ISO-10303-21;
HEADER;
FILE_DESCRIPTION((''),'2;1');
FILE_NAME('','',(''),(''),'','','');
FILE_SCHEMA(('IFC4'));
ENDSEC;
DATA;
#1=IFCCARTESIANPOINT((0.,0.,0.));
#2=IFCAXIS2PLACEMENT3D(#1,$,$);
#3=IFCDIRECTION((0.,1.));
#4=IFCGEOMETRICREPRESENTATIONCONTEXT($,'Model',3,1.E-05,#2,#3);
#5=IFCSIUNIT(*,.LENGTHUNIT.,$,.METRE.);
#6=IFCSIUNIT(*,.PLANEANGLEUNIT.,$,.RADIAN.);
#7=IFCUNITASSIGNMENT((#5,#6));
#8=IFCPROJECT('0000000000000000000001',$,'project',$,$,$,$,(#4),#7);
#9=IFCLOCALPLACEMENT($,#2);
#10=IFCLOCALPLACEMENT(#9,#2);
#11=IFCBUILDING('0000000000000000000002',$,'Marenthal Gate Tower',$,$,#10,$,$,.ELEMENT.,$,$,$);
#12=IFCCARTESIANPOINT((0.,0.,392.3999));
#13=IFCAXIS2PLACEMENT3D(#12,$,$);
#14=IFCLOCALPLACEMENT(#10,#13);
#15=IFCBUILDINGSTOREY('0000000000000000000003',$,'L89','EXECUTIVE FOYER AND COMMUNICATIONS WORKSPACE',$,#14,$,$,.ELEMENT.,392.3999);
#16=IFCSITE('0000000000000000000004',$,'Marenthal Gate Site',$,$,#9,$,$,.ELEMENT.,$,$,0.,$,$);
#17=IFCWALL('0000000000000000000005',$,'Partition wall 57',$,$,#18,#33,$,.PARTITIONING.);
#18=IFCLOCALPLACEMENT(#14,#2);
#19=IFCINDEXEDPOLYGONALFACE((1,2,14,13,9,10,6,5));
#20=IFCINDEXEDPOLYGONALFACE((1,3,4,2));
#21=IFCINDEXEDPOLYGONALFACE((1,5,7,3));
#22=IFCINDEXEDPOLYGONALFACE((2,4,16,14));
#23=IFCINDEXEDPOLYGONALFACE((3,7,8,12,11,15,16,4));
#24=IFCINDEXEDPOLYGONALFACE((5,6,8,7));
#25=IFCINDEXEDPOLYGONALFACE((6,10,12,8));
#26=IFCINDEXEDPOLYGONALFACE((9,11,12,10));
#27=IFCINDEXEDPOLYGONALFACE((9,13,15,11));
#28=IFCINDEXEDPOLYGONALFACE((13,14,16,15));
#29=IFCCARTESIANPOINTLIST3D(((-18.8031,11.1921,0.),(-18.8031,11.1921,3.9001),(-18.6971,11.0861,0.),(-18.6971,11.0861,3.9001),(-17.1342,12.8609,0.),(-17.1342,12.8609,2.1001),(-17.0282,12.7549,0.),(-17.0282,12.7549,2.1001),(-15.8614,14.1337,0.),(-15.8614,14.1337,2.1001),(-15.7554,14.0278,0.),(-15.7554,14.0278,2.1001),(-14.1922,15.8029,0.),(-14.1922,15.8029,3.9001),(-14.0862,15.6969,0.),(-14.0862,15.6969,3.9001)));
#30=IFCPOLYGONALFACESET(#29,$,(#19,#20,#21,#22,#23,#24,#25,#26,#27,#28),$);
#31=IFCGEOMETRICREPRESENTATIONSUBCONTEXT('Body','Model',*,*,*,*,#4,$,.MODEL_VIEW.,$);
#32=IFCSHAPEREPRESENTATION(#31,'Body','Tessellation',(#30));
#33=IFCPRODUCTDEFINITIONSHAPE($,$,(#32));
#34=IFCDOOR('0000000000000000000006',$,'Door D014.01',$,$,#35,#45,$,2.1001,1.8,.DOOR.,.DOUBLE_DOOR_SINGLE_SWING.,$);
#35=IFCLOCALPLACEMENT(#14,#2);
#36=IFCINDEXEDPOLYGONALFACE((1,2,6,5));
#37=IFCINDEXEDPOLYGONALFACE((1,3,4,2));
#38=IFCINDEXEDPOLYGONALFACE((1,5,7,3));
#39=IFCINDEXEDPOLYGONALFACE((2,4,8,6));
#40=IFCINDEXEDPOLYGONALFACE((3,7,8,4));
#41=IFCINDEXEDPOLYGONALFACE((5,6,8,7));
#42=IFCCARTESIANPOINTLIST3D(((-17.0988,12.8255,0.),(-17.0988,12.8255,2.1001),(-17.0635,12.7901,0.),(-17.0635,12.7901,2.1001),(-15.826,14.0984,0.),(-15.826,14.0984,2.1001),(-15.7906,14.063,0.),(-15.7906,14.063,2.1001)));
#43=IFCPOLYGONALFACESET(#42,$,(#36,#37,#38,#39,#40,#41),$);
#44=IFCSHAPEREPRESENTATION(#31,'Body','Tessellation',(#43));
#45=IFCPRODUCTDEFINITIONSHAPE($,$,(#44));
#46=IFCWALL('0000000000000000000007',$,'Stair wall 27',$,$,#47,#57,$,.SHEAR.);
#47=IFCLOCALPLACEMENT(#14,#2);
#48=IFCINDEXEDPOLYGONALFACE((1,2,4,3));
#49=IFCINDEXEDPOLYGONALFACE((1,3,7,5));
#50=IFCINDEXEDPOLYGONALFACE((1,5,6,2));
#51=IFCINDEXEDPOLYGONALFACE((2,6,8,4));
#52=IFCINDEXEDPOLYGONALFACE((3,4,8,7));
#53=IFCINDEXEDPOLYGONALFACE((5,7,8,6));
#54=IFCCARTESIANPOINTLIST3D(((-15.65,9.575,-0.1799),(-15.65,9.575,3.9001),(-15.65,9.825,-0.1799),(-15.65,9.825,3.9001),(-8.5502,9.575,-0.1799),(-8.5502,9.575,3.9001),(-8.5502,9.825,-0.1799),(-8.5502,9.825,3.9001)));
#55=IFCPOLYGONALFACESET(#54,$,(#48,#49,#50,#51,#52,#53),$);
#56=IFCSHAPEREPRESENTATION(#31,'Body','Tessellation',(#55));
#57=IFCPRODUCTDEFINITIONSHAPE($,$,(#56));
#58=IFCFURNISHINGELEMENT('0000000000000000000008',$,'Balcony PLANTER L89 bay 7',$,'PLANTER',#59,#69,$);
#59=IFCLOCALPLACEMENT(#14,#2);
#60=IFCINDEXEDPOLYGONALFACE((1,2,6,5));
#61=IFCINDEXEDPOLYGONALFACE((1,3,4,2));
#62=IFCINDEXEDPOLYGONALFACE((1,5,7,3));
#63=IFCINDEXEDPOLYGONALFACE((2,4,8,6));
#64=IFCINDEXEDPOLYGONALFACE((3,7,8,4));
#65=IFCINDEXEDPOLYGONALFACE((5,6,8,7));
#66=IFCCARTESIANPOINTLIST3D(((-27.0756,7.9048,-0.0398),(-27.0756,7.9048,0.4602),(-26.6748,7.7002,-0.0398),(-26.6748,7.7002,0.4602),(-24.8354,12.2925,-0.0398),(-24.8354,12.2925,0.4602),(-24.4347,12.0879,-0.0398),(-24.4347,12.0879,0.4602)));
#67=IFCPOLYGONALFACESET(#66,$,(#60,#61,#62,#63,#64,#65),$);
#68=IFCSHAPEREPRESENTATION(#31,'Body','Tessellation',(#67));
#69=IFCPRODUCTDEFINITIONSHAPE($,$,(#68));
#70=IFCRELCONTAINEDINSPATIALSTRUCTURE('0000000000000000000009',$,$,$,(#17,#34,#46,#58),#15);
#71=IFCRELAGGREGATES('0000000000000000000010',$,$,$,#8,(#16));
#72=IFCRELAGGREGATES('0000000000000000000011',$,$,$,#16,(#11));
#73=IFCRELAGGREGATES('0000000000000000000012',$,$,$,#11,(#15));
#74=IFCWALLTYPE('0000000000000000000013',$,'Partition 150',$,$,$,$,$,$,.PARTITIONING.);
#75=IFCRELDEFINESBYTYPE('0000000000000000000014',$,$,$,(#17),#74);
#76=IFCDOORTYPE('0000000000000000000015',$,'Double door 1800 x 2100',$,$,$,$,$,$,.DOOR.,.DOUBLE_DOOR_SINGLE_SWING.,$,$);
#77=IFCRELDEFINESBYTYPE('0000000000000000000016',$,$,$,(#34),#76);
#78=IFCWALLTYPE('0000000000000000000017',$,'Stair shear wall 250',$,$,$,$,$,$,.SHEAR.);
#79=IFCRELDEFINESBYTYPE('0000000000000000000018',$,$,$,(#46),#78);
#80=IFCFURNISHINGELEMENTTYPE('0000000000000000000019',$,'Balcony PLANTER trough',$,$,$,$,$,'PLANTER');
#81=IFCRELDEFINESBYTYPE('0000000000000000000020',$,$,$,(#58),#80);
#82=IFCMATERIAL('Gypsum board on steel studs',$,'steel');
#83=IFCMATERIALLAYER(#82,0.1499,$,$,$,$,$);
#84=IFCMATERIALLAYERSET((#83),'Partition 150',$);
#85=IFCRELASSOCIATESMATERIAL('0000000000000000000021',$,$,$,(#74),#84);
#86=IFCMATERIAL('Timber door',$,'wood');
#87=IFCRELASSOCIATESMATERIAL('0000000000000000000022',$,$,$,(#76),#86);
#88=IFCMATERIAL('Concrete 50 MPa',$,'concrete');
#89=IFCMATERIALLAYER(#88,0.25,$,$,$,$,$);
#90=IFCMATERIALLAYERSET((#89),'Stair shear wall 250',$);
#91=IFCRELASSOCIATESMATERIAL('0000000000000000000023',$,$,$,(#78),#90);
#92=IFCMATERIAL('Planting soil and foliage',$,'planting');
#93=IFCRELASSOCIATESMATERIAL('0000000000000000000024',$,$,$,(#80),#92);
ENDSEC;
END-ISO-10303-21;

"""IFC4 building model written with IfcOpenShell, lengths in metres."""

from ifc_helpers import new_model, si_unit, direction, frame, frame_2d, origin, origin_2d, place, context, subcontext, project, spatial, rectangle, extrude, material, layer, layer_set, type_object, element, fill, save


model = new_model("IFC4")

# Units and contexts
model_context = context("Model", 3, precision=1e-05, world=origin(), true_north=direction((0.0, 1.0)))
body_context = subcontext(model_context, "Body", "Model", "MODEL_VIEW")
ifc_project = project(units=[si_unit("LENGTHUNIT", "METRE"), si_unit("PLANEANGLEUNIT", "RADIAN")], contexts=[model_context])

# Site, building, storey
site_placement = place(None, origin())
site = spatial("IfcSite", under=ifc_project, at=site_placement, Name="Marenthal Gate Site", CompositionType="ELEMENT", RefElevation=0.0)
building_placement = place(site_placement, origin())
building = spatial("IfcBuilding", under=site, at=building_placement, Name="Marenthal Gate Tower", CompositionType="ELEMENT")
storey_placement = place(building_placement, frame((0.0, 0.0, 392.3999)))
storey = spatial("IfcBuildingStorey", under=building, at=storey_placement, Name="L89", Description="EXECUTIVE FOYER AND COMMUNICATIONS WORKSPACE", CompositionType="ELEMENT", Elevation=392.3999)

# Wall, opening, door
ifc_material_1 = material(Name="Gypsum board on steel studs", Category="steel")
ifc_layer_1 = layer(ifc_material_1, 0.1499)
ifc_layer_set_1 = layer_set([ifc_layer_1], Name="Partition 150")
wall_type_1 = type_object("IfcWallType", Name="Partition 150", PredefinedType="PARTITIONING", material=ifc_layer_set_1)
wall_1_placement = place(storey_placement, frame((-18.75, 11.1392, 0.0), z_axis=(0.0, 0.0, 1.0), x_axis=(0.707107, 0.707107, 0.0)))
wall_1 = element("IfcWall", 1, at=wall_1_placement, inside=storey, type_object=wall_type_1, Name="Partition wall 57", PredefinedType="PARTITIONING", context=body_context, shape_type="SweptSolid", body=[
    extrude(rectangle(XDim=6.5208, YDim=0.1499, at=frame_2d((3.2603, 0.0))), origin(), (0.0, 0.0, 1.0), 3.9001),
])
opening_1_placement = place(wall_1_placement, frame((2.3601, 0.0, 0.0)))
opening_1 = element("IfcOpeningElement", 2, at=opening_1_placement, cuts=wall_1, PredefinedType="OPENING", context=body_context, shape_type="SweptSolid", body=[
    extrude(rectangle(XDim=1.8, YDim=2.1001, at=frame_2d((0.8999, 1.05))), frame((0.0, 0.085, 0.0), z_axis=(0.0, -1.0, 0.0), x_axis=(1.0, 0.0, 0.0)), (0.0, 0.0, 1.0), 0.1699),
])
ifc_material_2 = material(Name="Timber door", Category="wood")
door_type_1 = type_object("IfcDoorType", Name="Double door 1800 x 2100", OperationType="DOUBLE_DOOR_SINGLE_SWING", PredefinedType="DOOR", material=ifc_material_2)
door_1_placement = place(opening_1_placement, origin())
door_1 = element("IfcDoor", 3, at=door_1_placement, inside=storey, type_object=door_type_1, Name="Door D014.01", OperationType="DOUBLE_DOOR_SINGLE_SWING", OverallHeight=2.1001, OverallWidth=1.8, PredefinedType="DOOR", context=body_context, shape_type="SweptSolid", body=[
    extrude(rectangle(XDim=1.8, YDim=2.1001, at=frame_2d((0.8999, 1.05))), frame((0.0, 0.0249, 0.0), z_axis=(0.0, -1.0, 0.0), x_axis=(1.0, 0.0, 0.0)), (0.0, 0.0, 1.0), 0.05),
])
fill(opening_1, door_1)

# Wall
ifc_material_3 = material(Name="Concrete 50 MPa", Category="concrete")
ifc_layer_2 = layer(ifc_material_3, 0.25)
ifc_layer_set_2 = layer_set([ifc_layer_2], Name="Stair shear wall 250")
wall_type_2 = type_object("IfcWallType", Name="Stair shear wall 250", PredefinedType="SHEAR", material=ifc_layer_set_2)
wall_2_placement = place(storey_placement, frame((-15.6499, 9.7, -0.1799), z_axis=(0.0, 0.0, 1.0), x_axis=(1.0, 0.0, 0.0)))
element("IfcWall", 4, at=wall_2_placement, inside=storey, type_object=wall_type_2, Name="Stair wall 27", PredefinedType="SHEAR", context=body_context, shape_type="SweptSolid", body=[
    extrude(rectangle(XDim=7.0999, YDim=0.25, at=frame_2d((3.5498, 0.0))), origin(), (0.0, 0.0, 1.0), 4.0801),
])

# Furnishing element
ifc_material_4 = material(Name="Planting soil and foliage", Category="planting")
furnishing_element_type = type_object("IfcFurnishingElementType", Name="Balcony PLANTER trough", ElementType="PLANTER", material=ifc_material_4)
furnishing_placement = place(storey_placement, frame((-25.7551, 9.9963, -0.0398), z_axis=(0.0, 0.0, 1.0), x_axis=(-0.454706, -0.890642, 0.0)))
element("IfcFurnishingElement", 5, at=furnishing_placement, inside=storey, type_object=furnishing_element_type, Name="Balcony PLANTER L89 bay 7", ObjectType="PLANTER", context=body_context, shape_type="SweptSolid", body=[
    extrude(rectangle(XDim=4.9265, YDim=0.45, at=origin_2d()), origin(), (0.0, 0.0, 1.0), 0.5),
])

save(model, "model.ifc")
